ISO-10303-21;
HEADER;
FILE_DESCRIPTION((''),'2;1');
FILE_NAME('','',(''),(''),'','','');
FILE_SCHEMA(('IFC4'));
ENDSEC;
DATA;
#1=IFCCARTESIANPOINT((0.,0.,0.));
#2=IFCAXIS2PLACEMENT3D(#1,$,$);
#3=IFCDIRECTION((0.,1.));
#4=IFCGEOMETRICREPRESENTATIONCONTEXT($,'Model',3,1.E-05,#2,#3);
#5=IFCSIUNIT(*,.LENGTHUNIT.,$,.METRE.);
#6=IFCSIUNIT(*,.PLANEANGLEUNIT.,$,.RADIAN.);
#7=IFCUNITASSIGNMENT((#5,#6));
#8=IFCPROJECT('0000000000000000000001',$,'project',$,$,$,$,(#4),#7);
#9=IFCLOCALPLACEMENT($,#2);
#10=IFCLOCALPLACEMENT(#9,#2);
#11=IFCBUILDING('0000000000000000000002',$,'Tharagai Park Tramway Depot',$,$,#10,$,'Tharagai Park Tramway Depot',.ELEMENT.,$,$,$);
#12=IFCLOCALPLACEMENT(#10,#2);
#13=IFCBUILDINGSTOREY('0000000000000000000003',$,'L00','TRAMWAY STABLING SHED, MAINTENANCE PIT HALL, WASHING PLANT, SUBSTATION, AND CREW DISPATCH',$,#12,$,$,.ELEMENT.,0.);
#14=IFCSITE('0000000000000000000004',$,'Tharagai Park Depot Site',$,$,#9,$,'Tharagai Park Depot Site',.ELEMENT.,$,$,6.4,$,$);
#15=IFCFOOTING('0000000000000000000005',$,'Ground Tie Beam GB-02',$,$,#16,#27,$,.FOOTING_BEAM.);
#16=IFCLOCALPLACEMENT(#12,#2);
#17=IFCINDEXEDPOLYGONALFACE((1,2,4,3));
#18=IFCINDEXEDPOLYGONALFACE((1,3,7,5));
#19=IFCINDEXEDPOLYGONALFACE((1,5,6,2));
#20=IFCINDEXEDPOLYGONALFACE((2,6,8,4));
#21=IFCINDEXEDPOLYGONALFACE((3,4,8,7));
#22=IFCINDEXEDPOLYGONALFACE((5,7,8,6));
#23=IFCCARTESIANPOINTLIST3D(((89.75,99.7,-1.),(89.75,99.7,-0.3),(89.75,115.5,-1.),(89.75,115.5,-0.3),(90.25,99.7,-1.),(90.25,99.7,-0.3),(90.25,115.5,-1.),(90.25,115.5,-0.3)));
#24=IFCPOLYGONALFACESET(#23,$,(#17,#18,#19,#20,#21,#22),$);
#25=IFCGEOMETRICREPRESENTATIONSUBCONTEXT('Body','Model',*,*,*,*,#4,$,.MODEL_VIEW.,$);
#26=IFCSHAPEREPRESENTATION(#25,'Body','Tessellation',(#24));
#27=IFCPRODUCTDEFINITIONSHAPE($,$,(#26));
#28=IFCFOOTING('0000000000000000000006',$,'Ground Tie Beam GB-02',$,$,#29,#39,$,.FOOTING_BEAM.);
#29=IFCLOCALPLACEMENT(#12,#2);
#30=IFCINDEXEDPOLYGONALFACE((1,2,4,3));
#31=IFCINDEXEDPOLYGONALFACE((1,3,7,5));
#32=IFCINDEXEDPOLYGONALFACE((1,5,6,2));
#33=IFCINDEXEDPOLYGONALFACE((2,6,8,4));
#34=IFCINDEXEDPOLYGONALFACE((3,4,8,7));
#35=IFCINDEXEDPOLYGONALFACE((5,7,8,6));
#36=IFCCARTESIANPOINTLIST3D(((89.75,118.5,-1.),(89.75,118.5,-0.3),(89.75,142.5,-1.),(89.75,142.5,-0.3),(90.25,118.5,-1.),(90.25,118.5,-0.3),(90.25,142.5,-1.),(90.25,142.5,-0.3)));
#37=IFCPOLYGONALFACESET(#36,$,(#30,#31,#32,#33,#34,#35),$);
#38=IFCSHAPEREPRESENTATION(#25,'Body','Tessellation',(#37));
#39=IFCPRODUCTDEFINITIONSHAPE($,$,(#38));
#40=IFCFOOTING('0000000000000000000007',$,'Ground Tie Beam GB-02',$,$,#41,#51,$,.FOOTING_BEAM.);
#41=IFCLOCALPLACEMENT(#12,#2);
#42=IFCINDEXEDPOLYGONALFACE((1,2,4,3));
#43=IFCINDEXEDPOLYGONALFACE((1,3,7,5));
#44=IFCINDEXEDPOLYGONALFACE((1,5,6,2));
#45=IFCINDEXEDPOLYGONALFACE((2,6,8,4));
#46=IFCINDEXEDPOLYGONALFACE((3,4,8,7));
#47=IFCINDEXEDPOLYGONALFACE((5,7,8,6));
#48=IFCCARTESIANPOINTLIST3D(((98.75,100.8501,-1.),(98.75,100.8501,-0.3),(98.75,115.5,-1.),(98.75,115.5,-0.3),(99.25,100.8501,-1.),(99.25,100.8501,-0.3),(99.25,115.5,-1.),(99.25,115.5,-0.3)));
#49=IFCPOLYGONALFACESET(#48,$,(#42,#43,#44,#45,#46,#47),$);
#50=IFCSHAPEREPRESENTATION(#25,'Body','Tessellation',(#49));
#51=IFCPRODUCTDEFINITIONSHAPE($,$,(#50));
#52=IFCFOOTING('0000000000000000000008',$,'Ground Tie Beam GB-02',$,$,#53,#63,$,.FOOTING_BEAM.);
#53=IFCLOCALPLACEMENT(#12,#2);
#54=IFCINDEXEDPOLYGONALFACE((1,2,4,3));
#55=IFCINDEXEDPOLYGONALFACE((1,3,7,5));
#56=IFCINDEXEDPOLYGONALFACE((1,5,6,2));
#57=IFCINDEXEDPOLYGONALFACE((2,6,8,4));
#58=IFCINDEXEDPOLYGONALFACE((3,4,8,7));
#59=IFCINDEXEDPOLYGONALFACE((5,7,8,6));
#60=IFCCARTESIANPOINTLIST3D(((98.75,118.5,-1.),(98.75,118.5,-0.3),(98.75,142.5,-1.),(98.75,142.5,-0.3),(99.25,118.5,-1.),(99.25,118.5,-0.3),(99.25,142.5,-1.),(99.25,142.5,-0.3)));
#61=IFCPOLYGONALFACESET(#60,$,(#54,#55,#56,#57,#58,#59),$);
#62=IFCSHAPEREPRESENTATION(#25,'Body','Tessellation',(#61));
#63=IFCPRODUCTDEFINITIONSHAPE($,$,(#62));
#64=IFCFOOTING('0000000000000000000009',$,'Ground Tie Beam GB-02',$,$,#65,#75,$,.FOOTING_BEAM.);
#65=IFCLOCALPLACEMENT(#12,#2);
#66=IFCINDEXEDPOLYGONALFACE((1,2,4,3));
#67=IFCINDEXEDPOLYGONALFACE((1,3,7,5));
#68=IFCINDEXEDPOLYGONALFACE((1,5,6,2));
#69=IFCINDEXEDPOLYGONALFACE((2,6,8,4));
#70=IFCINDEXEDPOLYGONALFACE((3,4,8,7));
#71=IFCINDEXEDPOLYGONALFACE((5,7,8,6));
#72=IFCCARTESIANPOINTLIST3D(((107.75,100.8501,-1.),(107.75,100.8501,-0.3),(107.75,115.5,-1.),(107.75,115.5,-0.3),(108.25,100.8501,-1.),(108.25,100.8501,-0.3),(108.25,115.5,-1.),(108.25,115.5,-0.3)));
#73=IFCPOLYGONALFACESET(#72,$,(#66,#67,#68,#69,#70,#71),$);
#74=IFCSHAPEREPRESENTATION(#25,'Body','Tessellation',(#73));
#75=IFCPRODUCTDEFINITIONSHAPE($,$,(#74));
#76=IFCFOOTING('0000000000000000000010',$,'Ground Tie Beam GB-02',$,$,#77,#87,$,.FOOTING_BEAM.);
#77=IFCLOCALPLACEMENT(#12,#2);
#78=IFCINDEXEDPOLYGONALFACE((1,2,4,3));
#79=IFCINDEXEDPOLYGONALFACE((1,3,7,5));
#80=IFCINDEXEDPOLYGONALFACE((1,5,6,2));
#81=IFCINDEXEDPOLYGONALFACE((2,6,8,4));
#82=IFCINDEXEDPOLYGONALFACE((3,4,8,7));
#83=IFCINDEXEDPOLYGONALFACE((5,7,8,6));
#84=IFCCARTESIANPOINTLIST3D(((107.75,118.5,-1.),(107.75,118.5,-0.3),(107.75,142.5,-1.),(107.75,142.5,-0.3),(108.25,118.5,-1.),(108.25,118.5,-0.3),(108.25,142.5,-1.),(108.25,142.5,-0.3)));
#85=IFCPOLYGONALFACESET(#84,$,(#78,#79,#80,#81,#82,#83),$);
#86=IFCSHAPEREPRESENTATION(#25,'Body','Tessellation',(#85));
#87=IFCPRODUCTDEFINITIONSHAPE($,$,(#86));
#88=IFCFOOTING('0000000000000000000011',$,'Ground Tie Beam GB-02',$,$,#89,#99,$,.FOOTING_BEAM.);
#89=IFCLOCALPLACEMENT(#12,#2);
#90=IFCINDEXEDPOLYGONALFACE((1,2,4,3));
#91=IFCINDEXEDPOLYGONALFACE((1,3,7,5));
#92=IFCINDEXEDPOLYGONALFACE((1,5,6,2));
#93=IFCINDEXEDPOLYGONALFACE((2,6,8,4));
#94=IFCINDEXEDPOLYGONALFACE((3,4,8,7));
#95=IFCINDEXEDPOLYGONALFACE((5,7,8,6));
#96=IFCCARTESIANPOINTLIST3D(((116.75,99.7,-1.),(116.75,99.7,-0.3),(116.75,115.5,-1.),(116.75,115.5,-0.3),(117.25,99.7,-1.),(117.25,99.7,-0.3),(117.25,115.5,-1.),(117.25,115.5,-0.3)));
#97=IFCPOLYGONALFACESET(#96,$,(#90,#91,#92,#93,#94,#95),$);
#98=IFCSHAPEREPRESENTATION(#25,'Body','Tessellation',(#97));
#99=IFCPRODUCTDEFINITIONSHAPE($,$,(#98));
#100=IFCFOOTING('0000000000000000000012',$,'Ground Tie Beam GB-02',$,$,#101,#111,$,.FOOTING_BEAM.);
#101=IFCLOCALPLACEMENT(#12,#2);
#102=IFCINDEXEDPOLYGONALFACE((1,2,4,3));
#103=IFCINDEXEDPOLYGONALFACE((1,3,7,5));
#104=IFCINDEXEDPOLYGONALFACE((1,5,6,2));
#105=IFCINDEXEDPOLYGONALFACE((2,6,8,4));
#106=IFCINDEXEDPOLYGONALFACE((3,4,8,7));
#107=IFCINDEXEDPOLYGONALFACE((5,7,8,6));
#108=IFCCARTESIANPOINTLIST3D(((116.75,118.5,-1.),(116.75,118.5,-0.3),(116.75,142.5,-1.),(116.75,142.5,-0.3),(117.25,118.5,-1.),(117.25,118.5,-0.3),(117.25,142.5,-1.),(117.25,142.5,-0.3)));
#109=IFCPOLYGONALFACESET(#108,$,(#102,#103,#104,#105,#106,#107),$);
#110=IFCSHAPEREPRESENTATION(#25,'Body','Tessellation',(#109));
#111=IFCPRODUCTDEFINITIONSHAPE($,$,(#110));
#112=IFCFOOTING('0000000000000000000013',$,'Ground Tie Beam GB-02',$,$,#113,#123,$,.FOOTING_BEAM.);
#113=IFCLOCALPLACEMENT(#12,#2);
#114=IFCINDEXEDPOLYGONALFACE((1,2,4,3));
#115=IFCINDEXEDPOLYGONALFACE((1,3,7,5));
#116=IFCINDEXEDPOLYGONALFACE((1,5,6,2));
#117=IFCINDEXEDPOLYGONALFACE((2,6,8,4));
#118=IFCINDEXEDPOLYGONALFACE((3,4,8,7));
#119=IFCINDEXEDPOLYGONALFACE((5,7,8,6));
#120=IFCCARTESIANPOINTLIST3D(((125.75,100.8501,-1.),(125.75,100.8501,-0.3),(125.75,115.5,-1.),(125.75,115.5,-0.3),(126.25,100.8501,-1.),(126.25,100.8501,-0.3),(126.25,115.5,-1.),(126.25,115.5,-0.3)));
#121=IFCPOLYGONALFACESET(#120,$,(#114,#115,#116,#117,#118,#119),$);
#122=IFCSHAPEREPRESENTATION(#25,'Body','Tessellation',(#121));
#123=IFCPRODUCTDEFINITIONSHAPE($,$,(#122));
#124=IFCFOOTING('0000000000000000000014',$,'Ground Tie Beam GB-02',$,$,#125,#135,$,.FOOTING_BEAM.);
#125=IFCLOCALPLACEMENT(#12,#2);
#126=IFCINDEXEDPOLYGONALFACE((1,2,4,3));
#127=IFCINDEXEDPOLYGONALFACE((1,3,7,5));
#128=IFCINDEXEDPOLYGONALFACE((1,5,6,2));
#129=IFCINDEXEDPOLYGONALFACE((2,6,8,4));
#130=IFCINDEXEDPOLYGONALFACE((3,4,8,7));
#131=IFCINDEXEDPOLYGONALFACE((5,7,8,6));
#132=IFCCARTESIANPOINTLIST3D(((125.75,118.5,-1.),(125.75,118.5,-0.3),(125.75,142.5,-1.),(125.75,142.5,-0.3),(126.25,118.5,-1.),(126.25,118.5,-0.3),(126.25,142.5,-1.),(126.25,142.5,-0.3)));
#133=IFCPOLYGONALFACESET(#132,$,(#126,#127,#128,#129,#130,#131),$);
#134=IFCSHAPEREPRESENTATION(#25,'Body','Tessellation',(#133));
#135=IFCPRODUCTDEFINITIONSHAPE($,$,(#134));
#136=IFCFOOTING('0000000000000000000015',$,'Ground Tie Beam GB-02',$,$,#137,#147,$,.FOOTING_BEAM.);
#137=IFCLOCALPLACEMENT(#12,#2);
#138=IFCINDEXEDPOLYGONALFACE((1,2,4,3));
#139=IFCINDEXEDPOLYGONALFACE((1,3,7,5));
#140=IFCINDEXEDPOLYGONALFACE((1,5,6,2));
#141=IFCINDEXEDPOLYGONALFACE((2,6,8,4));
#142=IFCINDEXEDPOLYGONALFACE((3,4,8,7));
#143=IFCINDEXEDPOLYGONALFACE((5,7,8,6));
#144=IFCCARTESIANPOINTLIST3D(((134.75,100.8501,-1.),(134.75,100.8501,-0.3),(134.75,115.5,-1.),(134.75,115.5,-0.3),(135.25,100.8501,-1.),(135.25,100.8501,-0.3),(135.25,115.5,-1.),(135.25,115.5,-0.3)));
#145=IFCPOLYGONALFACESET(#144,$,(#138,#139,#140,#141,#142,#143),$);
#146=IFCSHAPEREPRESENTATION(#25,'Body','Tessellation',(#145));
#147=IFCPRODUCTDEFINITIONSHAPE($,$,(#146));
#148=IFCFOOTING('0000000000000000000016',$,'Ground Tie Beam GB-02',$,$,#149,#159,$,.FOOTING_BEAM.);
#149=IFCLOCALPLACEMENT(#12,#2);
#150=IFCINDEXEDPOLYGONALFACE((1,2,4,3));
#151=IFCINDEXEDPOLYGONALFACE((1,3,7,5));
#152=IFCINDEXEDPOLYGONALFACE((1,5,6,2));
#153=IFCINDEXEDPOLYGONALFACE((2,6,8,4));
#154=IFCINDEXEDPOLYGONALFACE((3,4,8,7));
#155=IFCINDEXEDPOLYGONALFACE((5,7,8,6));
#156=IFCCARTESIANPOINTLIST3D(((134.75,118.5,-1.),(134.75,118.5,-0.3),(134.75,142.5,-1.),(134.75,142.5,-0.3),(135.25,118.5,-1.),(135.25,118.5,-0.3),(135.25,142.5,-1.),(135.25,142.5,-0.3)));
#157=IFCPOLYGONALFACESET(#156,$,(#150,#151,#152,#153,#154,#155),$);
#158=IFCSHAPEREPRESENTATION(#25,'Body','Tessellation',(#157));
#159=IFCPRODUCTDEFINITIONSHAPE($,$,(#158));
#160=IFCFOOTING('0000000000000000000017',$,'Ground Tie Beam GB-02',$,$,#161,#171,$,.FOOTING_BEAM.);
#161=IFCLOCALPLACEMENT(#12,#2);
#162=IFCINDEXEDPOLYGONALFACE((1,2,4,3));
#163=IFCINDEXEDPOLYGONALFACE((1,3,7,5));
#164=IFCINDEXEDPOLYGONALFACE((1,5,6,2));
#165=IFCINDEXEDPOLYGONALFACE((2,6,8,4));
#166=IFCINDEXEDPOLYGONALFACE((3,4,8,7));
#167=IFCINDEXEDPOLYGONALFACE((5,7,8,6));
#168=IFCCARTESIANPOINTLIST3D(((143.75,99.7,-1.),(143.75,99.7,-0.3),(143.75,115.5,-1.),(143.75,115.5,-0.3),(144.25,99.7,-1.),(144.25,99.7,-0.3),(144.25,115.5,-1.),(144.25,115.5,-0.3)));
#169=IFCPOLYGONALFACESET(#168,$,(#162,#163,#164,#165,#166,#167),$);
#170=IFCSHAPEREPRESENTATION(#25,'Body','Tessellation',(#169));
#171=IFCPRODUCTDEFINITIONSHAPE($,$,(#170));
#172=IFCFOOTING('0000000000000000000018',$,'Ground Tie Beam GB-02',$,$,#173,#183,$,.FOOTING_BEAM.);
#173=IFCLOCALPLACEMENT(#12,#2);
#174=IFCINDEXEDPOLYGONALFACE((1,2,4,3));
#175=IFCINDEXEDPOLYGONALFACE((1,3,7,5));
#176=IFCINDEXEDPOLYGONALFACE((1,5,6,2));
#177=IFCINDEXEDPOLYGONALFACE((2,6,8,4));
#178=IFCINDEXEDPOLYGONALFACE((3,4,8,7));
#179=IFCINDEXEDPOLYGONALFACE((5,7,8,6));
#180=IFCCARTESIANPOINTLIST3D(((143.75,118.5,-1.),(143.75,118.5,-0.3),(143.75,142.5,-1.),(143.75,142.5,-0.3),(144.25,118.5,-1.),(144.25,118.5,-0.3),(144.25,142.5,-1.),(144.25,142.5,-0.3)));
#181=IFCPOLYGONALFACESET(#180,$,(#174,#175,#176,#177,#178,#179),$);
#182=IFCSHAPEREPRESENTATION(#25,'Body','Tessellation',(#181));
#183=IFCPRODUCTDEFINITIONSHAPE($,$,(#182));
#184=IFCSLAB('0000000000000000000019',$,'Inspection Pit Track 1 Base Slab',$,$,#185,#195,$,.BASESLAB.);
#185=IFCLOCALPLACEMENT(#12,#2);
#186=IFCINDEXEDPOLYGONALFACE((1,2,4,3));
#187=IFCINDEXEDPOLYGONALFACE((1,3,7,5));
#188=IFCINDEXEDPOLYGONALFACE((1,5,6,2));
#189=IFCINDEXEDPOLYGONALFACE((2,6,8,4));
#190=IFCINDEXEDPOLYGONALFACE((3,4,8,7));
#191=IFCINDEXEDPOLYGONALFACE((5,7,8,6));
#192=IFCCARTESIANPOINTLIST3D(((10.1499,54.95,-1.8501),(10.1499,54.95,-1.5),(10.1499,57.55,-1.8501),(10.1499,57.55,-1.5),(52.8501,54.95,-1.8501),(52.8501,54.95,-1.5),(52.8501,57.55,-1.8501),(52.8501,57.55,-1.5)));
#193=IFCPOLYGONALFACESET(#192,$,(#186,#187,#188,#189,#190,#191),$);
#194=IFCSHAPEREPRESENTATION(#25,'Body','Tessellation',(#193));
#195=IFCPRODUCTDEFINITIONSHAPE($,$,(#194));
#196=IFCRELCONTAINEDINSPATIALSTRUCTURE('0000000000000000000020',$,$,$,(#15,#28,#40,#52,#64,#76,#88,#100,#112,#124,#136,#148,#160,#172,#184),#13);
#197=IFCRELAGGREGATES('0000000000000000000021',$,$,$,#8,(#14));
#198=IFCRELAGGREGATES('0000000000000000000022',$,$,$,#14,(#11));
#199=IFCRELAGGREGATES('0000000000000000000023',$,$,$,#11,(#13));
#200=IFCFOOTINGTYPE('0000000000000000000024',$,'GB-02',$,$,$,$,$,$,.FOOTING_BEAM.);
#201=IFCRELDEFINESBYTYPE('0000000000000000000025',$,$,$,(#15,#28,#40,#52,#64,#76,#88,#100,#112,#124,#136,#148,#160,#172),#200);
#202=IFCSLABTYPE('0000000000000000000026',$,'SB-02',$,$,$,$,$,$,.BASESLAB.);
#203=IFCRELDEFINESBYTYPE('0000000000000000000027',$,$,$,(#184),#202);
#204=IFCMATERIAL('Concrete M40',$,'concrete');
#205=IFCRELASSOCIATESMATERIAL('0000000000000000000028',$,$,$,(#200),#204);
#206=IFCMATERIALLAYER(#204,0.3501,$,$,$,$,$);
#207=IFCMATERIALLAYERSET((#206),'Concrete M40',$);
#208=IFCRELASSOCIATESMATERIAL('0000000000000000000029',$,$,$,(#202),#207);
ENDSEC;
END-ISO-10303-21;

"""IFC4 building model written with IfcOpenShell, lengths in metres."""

from ifc_helpers import new_model, si_unit, direction, frame, origin, place, context, subcontext, project, spatial, polyline, outline, extrude, material, layer, layer_set, type_object, element, save


model = new_model("IFC4")

# Units and contexts
model_context = context("Model", 3, precision=1e-05, world=origin(), true_north=direction((0.0, 1.0)))
body_context = subcontext(model_context, "Body", "Model", "MODEL_VIEW")
ifc_project = project(units=[si_unit("LENGTHUNIT", "METRE"), si_unit("PLANEANGLEUNIT", "RADIAN")], contexts=[model_context])

# Site, building, storey
site_placement = place(None, origin())
site = spatial("IfcSite", under=ifc_project, at=site_placement, Name="Tharagai Park Depot Site", LongName="Tharagai Park Depot Site", CompositionType="ELEMENT", RefElevation=6.4)
building_placement = place(site_placement, origin())
building = spatial("IfcBuilding", under=site, at=building_placement, Name="Tharagai Park Tramway Depot", LongName="Tharagai Park Tramway Depot", CompositionType="ELEMENT")
storey_placement = place(building_placement, origin())
storey = spatial("IfcBuildingStorey", under=building, at=storey_placement, Name="L00", Description="TRAMWAY STABLING SHED, MAINTENANCE PIT HALL, WASHING PLANT, SUBSTATION, AND CREW DISPATCH", CompositionType="ELEMENT", Elevation=0.0)

# Footings
ifc_material = material(Name="Concrete M40", Category="concrete")
footing_type = type_object("IfcFootingType", Name="GB-02", PredefinedType="FOOTING_BEAM", material=ifc_material)
footing_1_placement = place(storey_placement, frame((0.0, 0.0, -1.0)))
element("IfcFooting", 1, at=footing_1_placement, inside=storey, type_object=footing_type, Name="Ground Tie Beam GB-02", PredefinedType="FOOTING_BEAM", context=body_context, shape_type="SweptSolid", body=[
    extrude(outline(polyline([(89.75, 99.7), (90.25, 99.7), (90.25, 115.5), (89.75, 115.5), (89.75, 99.7)])), origin(), (0.0, 0.0, 1.0), 0.7),
])
footing_2_placement = place(storey_placement, frame((0.0, 0.0, -1.0)))
element("IfcFooting", 2, at=footing_2_placement, inside=storey, type_object=footing_type, Name="Ground Tie Beam GB-02", PredefinedType="FOOTING_BEAM", context=body_context, shape_type="SweptSolid", body=[
    extrude(outline(polyline([(89.75, 118.5), (90.25, 118.5), (90.25, 142.5), (89.75, 142.5), (89.75, 118.5)])), origin(), (0.0, 0.0, 1.0), 0.7),
])
footing_3_placement = place(storey_placement, frame((0.0, 0.0, -1.0)))
element("IfcFooting", 3, at=footing_3_placement, inside=storey, type_object=footing_type, Name="Ground Tie Beam GB-02", PredefinedType="FOOTING_BEAM", context=body_context, shape_type="SweptSolid", body=[
    extrude(outline(polyline([(98.75, 100.8501), (99.25, 100.8501), (99.25, 115.5), (98.75, 115.5), (98.75, 100.8501)])), origin(), (0.0, 0.0, 1.0), 0.7),
])
footing_4_placement = place(storey_placement, frame((0.0, 0.0, -1.0)))
element("IfcFooting", 4, at=footing_4_placement, inside=storey, type_object=footing_type, Name="Ground Tie Beam GB-02", PredefinedType="FOOTING_BEAM", context=body_context, shape_type="SweptSolid", body=[
    extrude(outline(polyline([(98.75, 118.5), (99.25, 118.5), (99.25, 142.5), (98.75, 142.5), (98.75, 118.5)])), origin(), (0.0, 0.0, 1.0), 0.7),
])
footing_5_placement = place(storey_placement, frame((0.0, 0.0, -1.0)))
element("IfcFooting", 5, at=footing_5_placement, inside=storey, type_object=footing_type, Name="Ground Tie Beam GB-02", PredefinedType="FOOTING_BEAM", context=body_context, shape_type="SweptSolid", body=[
    extrude(outline(polyline([(107.75, 100.8501), (108.25, 100.8501), (108.25, 115.5), (107.75, 115.5), (107.75, 100.8501)])), origin(), (0.0, 0.0, 1.0), 0.7),
])
footing_6_placement = place(storey_placement, frame((0.0, 0.0, -1.0)))
element("IfcFooting", 6, at=footing_6_placement, inside=storey, type_object=footing_type, Name="Ground Tie Beam GB-02", PredefinedType="FOOTING_BEAM", context=body_context, shape_type="SweptSolid", body=[
    extrude(outline(polyline([(107.75, 118.5), (108.25, 118.5), (108.25, 142.5), (107.75, 142.5), (107.75, 118.5)])), origin(), (0.0, 0.0, 1.0), 0.7),
])
footing_7_placement = place(storey_placement, frame((0.0, 0.0, -1.0)))
element("IfcFooting", 7, at=footing_7_placement, inside=storey, type_object=footing_type, Name="Ground Tie Beam GB-02", PredefinedType="FOOTING_BEAM", context=body_context, shape_type="SweptSolid", body=[
    extrude(outline(polyline([(116.75, 99.7), (117.25, 99.7), (117.25, 115.5), (116.75, 115.5), (116.75, 99.7)])), origin(), (0.0, 0.0, 1.0), 0.7),
])
footing_8_placement = place(storey_placement, frame((0.0, 0.0, -1.0)))
element("IfcFooting", 8, at=footing_8_placement, inside=storey, type_object=footing_type, Name="Ground Tie Beam GB-02", PredefinedType="FOOTING_BEAM", context=body_context, shape_type="SweptSolid", body=[
    extrude(outline(polyline([(116.75, 118.5), (117.25, 118.5), (117.25, 142.5), (116.75, 142.5), (116.75, 118.5)])), origin(), (0.0, 0.0, 1.0), 0.7),
])
footing_9_placement = place(storey_placement, frame((0.0, 0.0, -1.0)))
element("IfcFooting", 9, at=footing_9_placement, inside=storey, type_object=footing_type, Name="Ground Tie Beam GB-02", PredefinedType="FOOTING_BEAM", context=body_context, shape_type="SweptSolid", body=[
    extrude(outline(polyline([(125.75, 100.8501), (126.25, 100.8501), (126.25, 115.5), (125.75, 115.5), (125.75, 100.8501)])), origin(), (0.0, 0.0, 1.0), 0.7),
])
footing_10_placement = place(storey_placement, frame((0.0, 0.0, -1.0)))
element("IfcFooting", 10, at=footing_10_placement, inside=storey, type_object=footing_type, Name="Ground Tie Beam GB-02", PredefinedType="FOOTING_BEAM", context=body_context, shape_type="SweptSolid", body=[
    extrude(outline(polyline([(125.75, 118.5), (126.25, 118.5), (126.25, 142.5), (125.75, 142.5), (125.75, 118.5)])), origin(), (0.0, 0.0, 1.0), 0.7),
])
footing_11_placement = place(storey_placement, frame((0.0, 0.0, -1.0)))
element("IfcFooting", 11, at=footing_11_placement, inside=storey, type_object=footing_type, Name="Ground Tie Beam GB-02", PredefinedType="FOOTING_BEAM", context=body_context, shape_type="SweptSolid", body=[
    extrude(outline(polyline([(134.75, 100.8501), (135.25, 100.8501), (135.25, 115.5), (134.75, 115.5), (134.75, 100.8501)])), origin(), (0.0, 0.0, 1.0), 0.7),
])
footing_12_placement = place(storey_placement, frame((0.0, 0.0, -1.0)))
element("IfcFooting", 12, at=footing_12_placement, inside=storey, type_object=footing_type, Name="Ground Tie Beam GB-02", PredefinedType="FOOTING_BEAM", context=body_context, shape_type="SweptSolid", body=[
    extrude(outline(polyline([(134.75, 118.5), (135.25, 118.5), (135.25, 142.5), (134.75, 142.5), (134.75, 118.5)])), origin(), (0.0, 0.0, 1.0), 0.7),
])
footing_13_placement = place(storey_placement, frame((0.0, 0.0, -1.0)))
element("IfcFooting", 13, at=footing_13_placement, inside=storey, type_object=footing_type, Name="Ground Tie Beam GB-02", PredefinedType="FOOTING_BEAM", context=body_context, shape_type="SweptSolid", body=[
    extrude(outline(polyline([(143.75, 99.7), (144.25, 99.7), (144.25, 115.5), (143.75, 115.5), (143.75, 99.7)])), origin(), (0.0, 0.0, 1.0), 0.7),
])
footing_14_placement = place(storey_placement, frame((0.0, 0.0, -1.0)))
element("IfcFooting", 14, at=footing_14_placement, inside=storey, type_object=footing_type, Name="Ground Tie Beam GB-02", PredefinedType="FOOTING_BEAM", context=body_context, shape_type="SweptSolid", body=[
    extrude(outline(polyline([(143.75, 118.5), (144.25, 118.5), (144.25, 142.5), (143.75, 142.5), (143.75, 118.5)])), origin(), (0.0, 0.0, 1.0), 0.7),
])

# Slab
ifc_layer_1 = layer(ifc_material, 0.3501)
ifc_layer_set_1 = layer_set([ifc_layer_1], Name="Concrete M40")
slab_type_1 = type_object("IfcSlabType", Name="SB-02", PredefinedType="BASESLAB", material=ifc_layer_set_1)
slab_1_placement = place(storey_placement, frame((0.0, 0.0, -1.8501)))
element("IfcSlab", 15, at=slab_1_placement, inside=storey, type_object=slab_type_1, Name="Inspection Pit Track 1 Base Slab", PredefinedType="BASESLAB", context=body_context, shape_type="SweptSolid", body=[
    extrude(outline(polyline([(10.1499, 54.95), (52.8501, 54.95), (52.8501, 57.55), (10.1499, 57.55), (10.1499, 54.95)])), origin(), (0.0, 0.0, 1.0), 0.3501),
])

save(model, "model.ifc")
